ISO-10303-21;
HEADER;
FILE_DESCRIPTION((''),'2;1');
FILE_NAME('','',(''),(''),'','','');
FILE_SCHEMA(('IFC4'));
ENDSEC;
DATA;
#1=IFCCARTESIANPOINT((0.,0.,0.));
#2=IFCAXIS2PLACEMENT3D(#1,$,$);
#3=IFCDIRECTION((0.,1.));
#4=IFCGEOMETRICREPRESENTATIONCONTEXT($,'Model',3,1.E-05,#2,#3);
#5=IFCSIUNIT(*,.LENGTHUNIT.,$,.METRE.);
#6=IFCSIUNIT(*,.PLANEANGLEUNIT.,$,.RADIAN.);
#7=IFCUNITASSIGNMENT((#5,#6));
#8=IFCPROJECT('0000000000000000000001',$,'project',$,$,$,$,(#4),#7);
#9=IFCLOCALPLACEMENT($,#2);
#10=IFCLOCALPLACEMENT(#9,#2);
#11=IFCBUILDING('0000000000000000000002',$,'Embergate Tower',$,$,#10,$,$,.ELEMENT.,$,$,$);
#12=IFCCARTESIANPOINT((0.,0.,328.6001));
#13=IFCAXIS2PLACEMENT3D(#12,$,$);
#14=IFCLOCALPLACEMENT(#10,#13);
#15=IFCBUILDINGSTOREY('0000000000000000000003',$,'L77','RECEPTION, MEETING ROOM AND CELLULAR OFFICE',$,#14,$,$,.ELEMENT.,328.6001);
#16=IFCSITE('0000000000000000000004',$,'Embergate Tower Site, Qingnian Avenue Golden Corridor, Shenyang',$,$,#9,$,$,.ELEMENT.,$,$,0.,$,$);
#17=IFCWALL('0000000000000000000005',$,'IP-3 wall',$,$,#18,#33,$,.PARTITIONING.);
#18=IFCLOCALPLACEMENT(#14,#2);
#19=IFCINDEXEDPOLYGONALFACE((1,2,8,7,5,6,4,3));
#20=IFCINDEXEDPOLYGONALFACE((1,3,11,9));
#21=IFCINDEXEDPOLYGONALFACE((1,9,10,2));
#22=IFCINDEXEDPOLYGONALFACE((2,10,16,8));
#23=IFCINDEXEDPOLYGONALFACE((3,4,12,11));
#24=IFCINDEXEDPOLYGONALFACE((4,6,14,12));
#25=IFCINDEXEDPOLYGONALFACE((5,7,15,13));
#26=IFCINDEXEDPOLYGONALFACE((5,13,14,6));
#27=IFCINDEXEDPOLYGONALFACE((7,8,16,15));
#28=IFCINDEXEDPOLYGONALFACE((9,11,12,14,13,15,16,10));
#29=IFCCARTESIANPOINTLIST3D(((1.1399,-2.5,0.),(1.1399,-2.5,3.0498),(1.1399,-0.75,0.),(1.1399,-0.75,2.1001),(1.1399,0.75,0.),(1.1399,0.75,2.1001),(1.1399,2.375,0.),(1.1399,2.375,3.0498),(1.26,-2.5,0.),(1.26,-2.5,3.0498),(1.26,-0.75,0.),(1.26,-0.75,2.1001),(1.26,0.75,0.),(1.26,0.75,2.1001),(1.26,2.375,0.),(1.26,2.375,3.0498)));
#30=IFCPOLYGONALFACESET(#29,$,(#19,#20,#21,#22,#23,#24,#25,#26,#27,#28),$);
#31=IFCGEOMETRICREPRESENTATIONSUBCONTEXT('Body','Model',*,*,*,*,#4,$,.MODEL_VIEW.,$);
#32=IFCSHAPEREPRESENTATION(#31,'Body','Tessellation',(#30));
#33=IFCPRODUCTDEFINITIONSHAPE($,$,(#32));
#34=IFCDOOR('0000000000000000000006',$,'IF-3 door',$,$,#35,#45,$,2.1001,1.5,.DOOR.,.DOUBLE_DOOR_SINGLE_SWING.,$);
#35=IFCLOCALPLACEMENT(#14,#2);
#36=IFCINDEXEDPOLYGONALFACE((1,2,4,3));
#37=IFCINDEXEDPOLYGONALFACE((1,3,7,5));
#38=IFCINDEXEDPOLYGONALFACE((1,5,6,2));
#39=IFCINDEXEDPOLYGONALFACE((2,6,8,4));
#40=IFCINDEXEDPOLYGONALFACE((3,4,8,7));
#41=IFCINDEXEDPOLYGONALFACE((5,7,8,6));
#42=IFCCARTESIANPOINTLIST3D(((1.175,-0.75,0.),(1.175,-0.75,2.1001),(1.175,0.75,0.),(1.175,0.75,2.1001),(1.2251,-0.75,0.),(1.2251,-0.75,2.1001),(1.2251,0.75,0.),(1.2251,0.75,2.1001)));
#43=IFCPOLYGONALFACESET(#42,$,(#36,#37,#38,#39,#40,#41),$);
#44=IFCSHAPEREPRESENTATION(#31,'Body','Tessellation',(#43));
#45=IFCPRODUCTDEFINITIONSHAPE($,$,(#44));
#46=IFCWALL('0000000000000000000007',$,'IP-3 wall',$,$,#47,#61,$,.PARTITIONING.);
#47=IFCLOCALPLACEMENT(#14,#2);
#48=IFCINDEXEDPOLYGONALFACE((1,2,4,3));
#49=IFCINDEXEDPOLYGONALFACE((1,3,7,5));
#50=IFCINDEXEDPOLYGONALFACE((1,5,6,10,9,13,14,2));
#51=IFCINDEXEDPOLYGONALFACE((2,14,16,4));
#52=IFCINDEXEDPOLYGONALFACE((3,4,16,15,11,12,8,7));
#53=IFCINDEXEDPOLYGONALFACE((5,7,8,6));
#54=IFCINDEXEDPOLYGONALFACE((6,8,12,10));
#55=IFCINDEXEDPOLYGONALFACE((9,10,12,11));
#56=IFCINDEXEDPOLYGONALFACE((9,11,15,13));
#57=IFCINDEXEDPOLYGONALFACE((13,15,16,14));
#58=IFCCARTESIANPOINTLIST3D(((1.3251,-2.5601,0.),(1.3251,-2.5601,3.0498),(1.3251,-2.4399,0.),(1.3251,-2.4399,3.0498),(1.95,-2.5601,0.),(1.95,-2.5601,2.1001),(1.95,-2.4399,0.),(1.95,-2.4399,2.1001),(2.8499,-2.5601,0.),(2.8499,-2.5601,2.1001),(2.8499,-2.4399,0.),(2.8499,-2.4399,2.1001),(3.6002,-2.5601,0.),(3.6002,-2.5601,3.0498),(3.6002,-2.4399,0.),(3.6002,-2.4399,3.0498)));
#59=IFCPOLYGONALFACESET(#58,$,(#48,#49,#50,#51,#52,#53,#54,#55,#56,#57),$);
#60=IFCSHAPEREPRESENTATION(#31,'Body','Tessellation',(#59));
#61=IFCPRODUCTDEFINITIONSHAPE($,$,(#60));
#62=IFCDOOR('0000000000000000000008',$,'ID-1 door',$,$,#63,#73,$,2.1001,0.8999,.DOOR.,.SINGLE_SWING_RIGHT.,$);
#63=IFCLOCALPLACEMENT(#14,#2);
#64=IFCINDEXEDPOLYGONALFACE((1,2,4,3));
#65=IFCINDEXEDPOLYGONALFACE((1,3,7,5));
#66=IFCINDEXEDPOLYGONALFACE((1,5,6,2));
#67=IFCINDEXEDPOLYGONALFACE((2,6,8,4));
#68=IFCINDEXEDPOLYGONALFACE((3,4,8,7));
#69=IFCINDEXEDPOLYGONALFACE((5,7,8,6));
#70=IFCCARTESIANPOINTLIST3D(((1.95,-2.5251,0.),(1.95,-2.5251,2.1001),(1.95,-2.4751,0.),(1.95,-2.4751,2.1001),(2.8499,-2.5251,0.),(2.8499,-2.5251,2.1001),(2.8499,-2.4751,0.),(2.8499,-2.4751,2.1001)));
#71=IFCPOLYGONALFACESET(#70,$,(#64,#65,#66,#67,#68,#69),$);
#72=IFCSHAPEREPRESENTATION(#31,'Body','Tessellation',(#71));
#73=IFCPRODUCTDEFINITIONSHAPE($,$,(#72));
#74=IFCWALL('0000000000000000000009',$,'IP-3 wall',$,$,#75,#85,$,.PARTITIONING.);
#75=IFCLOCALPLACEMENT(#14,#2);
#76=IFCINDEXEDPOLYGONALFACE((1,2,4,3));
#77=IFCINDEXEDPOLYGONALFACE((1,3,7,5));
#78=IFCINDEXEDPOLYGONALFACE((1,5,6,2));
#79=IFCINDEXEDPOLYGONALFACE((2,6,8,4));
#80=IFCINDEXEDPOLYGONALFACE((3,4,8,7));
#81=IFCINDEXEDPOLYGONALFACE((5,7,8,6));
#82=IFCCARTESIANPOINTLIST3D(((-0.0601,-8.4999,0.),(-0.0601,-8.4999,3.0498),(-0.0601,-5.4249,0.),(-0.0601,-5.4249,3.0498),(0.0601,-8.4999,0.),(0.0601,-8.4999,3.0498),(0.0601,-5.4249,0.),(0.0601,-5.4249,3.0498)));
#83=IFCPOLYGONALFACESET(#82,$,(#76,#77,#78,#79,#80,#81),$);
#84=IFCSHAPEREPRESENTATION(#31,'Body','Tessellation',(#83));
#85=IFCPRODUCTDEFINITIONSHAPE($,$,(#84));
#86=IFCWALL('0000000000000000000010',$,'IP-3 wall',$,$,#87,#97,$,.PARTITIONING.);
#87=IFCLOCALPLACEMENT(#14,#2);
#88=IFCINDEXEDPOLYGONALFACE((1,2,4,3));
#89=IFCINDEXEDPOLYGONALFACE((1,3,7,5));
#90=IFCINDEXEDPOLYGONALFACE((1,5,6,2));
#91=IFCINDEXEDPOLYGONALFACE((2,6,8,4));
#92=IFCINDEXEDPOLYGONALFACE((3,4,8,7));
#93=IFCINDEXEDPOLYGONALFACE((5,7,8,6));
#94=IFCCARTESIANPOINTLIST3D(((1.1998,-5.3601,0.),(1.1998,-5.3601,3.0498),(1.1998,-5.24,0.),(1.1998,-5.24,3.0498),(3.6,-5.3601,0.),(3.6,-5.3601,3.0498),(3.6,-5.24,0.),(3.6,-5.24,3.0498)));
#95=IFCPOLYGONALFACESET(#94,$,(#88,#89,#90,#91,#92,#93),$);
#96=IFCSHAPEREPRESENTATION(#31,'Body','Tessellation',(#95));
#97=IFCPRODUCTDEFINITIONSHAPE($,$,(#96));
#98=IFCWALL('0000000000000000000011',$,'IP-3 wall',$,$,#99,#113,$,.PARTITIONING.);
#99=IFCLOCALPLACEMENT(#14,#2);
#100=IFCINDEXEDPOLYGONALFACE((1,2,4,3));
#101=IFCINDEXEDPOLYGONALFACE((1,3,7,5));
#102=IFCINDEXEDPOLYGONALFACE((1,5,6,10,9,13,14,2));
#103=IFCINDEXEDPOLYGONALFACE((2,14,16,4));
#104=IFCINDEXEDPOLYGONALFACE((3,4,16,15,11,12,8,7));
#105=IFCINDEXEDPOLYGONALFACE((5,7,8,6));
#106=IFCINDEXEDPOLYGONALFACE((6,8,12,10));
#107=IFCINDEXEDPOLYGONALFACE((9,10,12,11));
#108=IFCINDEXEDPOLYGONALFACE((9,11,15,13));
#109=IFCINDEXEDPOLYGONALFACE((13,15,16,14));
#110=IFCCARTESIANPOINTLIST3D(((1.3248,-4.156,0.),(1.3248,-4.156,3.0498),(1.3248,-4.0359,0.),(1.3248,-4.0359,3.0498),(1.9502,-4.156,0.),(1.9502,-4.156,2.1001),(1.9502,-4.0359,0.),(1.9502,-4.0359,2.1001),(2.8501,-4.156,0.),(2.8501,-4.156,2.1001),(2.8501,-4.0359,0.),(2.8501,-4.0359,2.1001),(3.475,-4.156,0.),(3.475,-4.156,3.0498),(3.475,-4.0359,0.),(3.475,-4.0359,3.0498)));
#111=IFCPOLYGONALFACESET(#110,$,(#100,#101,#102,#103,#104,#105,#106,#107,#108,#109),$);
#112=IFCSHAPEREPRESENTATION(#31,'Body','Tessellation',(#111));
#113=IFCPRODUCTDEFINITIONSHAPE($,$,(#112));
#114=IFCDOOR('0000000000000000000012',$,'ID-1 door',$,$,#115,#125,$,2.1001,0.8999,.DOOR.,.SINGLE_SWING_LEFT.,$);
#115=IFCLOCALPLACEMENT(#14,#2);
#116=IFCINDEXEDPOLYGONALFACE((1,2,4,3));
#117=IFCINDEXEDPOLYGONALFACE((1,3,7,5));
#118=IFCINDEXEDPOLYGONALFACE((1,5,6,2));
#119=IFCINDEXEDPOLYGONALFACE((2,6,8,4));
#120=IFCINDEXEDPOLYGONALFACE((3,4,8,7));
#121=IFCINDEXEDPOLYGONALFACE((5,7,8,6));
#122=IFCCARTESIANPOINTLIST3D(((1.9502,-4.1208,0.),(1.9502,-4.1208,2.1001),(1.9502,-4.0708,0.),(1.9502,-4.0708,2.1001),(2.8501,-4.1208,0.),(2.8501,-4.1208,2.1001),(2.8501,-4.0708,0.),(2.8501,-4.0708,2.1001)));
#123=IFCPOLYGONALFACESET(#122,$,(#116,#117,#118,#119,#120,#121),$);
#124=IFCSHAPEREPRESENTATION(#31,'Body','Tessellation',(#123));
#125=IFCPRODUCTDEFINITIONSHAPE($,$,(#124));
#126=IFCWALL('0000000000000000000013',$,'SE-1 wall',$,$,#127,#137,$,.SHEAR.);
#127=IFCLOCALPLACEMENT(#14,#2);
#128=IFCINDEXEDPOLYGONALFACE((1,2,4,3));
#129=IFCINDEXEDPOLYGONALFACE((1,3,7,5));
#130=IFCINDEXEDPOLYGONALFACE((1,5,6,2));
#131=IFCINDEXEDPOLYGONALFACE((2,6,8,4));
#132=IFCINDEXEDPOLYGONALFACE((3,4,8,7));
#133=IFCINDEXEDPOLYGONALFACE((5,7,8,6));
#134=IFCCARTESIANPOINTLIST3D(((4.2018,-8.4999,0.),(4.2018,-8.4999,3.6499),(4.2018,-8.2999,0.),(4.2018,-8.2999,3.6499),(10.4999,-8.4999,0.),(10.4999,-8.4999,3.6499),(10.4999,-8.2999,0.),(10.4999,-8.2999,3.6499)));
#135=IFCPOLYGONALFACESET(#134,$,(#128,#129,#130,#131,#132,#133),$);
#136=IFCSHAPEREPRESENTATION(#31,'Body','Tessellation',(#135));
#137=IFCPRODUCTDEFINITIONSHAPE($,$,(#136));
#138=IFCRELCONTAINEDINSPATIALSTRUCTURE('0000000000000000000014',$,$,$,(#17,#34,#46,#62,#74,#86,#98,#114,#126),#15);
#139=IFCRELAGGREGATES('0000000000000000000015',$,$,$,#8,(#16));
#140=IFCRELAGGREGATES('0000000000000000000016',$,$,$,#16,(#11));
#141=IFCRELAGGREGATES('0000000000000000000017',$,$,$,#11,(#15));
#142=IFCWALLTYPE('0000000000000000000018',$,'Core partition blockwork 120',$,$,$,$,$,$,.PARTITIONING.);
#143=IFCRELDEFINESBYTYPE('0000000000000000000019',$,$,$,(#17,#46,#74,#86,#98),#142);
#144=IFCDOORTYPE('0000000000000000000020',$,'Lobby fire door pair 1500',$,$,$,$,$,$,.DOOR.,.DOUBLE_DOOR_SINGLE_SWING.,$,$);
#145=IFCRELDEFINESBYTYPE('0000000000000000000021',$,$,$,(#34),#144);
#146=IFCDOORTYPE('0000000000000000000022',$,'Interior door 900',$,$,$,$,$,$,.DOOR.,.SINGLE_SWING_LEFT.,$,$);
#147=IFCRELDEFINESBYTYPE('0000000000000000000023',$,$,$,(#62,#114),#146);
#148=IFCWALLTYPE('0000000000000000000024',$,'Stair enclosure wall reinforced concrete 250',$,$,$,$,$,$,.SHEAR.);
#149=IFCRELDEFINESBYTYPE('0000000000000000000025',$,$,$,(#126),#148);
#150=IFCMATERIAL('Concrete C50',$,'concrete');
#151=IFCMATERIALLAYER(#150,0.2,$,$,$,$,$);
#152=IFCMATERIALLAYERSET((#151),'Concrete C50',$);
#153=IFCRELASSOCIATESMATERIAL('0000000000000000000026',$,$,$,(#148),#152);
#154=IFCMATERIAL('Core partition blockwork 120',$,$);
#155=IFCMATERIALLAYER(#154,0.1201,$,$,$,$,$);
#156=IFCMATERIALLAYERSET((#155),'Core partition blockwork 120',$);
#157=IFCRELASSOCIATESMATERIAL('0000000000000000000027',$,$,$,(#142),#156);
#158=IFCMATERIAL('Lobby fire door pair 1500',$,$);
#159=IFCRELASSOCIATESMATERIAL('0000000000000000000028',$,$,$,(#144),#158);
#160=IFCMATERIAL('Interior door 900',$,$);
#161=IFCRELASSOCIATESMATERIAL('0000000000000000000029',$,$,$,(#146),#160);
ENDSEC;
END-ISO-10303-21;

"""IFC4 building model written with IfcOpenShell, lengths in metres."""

from ifc_helpers import new_model, si_unit, direction, frame, frame_2d, origin, place, context, subcontext, project, spatial, rectangle, extrude, source, transform, mapped, material, layer, layer_set, type_object, element, fill, save


model = new_model("IFC4")

# Units and contexts
model_context = context("Model", 3, precision=1e-05, world=origin(), true_north=direction((0.0, 1.0)))
body_context = subcontext(model_context, "Body", "Model", "MODEL_VIEW")
ifc_project = project(units=[si_unit("LENGTHUNIT", "METRE"), si_unit("PLANEANGLEUNIT", "RADIAN")], contexts=[model_context])

# Site, building, storey
site_placement = place(None, origin())
site = spatial("IfcSite", under=ifc_project, at=site_placement, Name="Embergate Tower Site, Qingnian Avenue Golden Corridor, Shenyang", CompositionType="ELEMENT", RefElevation=0.0)
building_placement = place(site_placement, origin())
building = spatial("IfcBuilding", under=site, at=building_placement, Name="Embergate Tower", CompositionType="ELEMENT")
storey_placement = place(building_placement, frame((0.0, 0.0, 328.6001)))
storey = spatial("IfcBuildingStorey", under=building, at=storey_placement, Name="L77", Description="RECEPTION, MEETING ROOM AND CELLULAR OFFICE", CompositionType="ELEMENT", Elevation=328.6001)

# Shared definitions
ifc_material_1 = material(Name="Concrete C50", Category="concrete")
ifc_layer_1 = layer(ifc_material_1, 0.2)
ifc_layer_set_1 = layer_set([ifc_layer_1], Name="Concrete C50")
wall_type_1 = type_object("IfcWallType", Name="Stair enclosure wall reinforced concrete 250", PredefinedType="SHEAR", material=ifc_layer_set_1)

# Walls, openings, doors
ifc_material_2 = material(Name="Core partition blockwork 120")
ifc_layer_2 = layer(ifc_material_2, 0.1201)
ifc_layer_set_2 = layer_set([ifc_layer_2], Name="Core partition blockwork 120")
wall_type_2 = type_object("IfcWallType", Name="Core partition blockwork 120", PredefinedType="PARTITIONING", material=ifc_layer_set_2)
shared_shape_1 = source(origin(), body_context, "Body", "SweptSolid", [
    extrude(rectangle(XDim=4.875, YDim=0.1201, at=frame_2d((2.4375, 0.0))), origin(), (0.0, 0.0, 1.0), 3.0498),
])
wall_1_placement = place(storey_placement, frame((1.2, -2.5, 0.0), z_axis=(0.0, 0.0, 1.0), x_axis=(0.0, 1.0, 0.0)))
wall_1 = element("IfcWall", 1, at=wall_1_placement, inside=storey, type_object=wall_type_2, Name="IP-3 wall", PredefinedType="PARTITIONING", context=body_context, shape_type="MappedRepresentation", body=[
    mapped(shared_shape_1, transform((0.0, 0.0, 0.0))),
])
shared_shape_2 = source(origin(), body_context, "Body", "SweptSolid", [
    extrude(rectangle(XDim=1.5, YDim=2.1001, at=frame_2d((0.75, 1.05))), frame((0.0, 0.0701, 0.0), z_axis=(0.0, -1.0, 0.0), x_axis=(1.0, 0.0, 0.0)), (0.0, 0.0, 1.0), 0.1401),
])
opening_1_placement = place(wall_1_placement, frame((1.75, 0.0, 0.0)))
opening_1 = element("IfcOpeningElement", 2, at=opening_1_placement, cuts=wall_1, PredefinedType="OPENING", context=body_context, shape_type="MappedRepresentation", body=[
    mapped(shared_shape_2, transform((0.0, 0.0, 0.0))),
])
ifc_material_3 = material(Name="Lobby fire door pair 1500")
door_type_1 = type_object("IfcDoorType", Name="Lobby fire door pair 1500", OperationType="DOUBLE_DOOR_SINGLE_SWING", PredefinedType="DOOR", material=ifc_material_3)
shared_shape_3 = source(origin(), body_context, "Body", "SweptSolid", [
    extrude(rectangle(XDim=1.5, YDim=2.1001, at=frame_2d((0.75, 1.05))), frame((0.0, 0.0249, 0.0), z_axis=(0.0, -1.0, 0.0), x_axis=(1.0, 0.0, 0.0)), (0.0, 0.0, 1.0), 0.05),
])
door_1_placement = place(opening_1_placement, origin())
door_1 = element("IfcDoor", 3, at=door_1_placement, inside=storey, type_object=door_type_1, Name="IF-3 door", OperationType="DOUBLE_DOOR_SINGLE_SWING", OverallHeight=2.1001, OverallWidth=1.5, PredefinedType="DOOR", context=body_context, shape_type="MappedRepresentation", body=[
    mapped(shared_shape_3, transform((0.0, 0.0, 0.0))),
])
fill(opening_1, door_1)
shared_shape_4 = source(origin(), body_context, "Body", "SweptSolid", [
    extrude(rectangle(XDim=2.2751, YDim=0.1201, at=frame_2d((1.1377, 0.0))), origin(), (0.0, 0.0, 1.0), 3.0498),
])
wall_2_placement = place(storey_placement, frame((1.325, -2.5, 0.0), z_axis=(0.0, 0.0, 1.0), x_axis=(1.0, 0.0, 0.0)))
wall_2 = element("IfcWall", 4, at=wall_2_placement, inside=storey, type_object=wall_type_2, Name="IP-3 wall", PredefinedType="PARTITIONING", context=body_context, shape_type="MappedRepresentation", body=[
    mapped(shared_shape_4, transform((0.0, 0.0, 0.0))),
])
shared_shape_5 = source(origin(), body_context, "Body", "SweptSolid", [
    extrude(rectangle(XDim=0.8999, YDim=2.1001, at=frame_2d((0.45, 1.05))), frame((0.0, 0.0701, 0.0), z_axis=(0.0, -1.0, 0.0), x_axis=(1.0, 0.0, 0.0)), (0.0, 0.0, 1.0), 0.1401),
])
opening_2_placement = place(wall_2_placement, frame((0.625, 0.0, 0.0)))
opening_2 = element("IfcOpeningElement", 5, at=opening_2_placement, cuts=wall_2, PredefinedType="OPENING", context=body_context, shape_type="MappedRepresentation", body=[
    mapped(shared_shape_5, transform((0.0, 0.0, 0.0))),
])
ifc_material_4 = material(Name="Interior door 900")
door_type_2 = type_object("IfcDoorType", Name="Interior door 900", OperationType="SINGLE_SWING_LEFT", PredefinedType="DOOR", material=ifc_material_4)
shared_shape_6 = source(origin(), body_context, "Body", "SweptSolid", [
    extrude(rectangle(XDim=0.8999, YDim=2.1001, at=frame_2d((0.45, 1.05))), frame((0.0, 0.0249, 0.0), z_axis=(0.0, -1.0, 0.0), x_axis=(1.0, 0.0, 0.0)), (0.0, 0.0, 1.0), 0.05),
])
door_2_placement = place(opening_2_placement, origin())
door_2 = element("IfcDoor", 6, at=door_2_placement, inside=storey, type_object=door_type_2, Name="ID-1 door", OperationType="SINGLE_SWING_RIGHT", OverallHeight=2.1001, OverallWidth=0.8999, PredefinedType="DOOR", context=body_context, shape_type="MappedRepresentation", body=[
    mapped(shared_shape_6, transform((0.0, 0.0, 0.0))),
])
fill(opening_2, door_2)

# Walls
shared_shape_7 = source(origin(), body_context, "Body", "SweptSolid", [
    extrude(rectangle(XDim=3.075, YDim=0.1201, at=frame_2d((1.5376, 0.0))), origin(), (0.0, 0.0, 1.0), 3.0498),
])
wall_3_placement = place(storey_placement, frame((0.0, -8.5, 0.0), z_axis=(0.0, 0.0, 1.0), x_axis=(0.0, 1.0, 0.0)))
element("IfcWall", 7, at=wall_3_placement, inside=storey, type_object=wall_type_2, Name="IP-3 wall", PredefinedType="PARTITIONING", context=body_context, shape_type="MappedRepresentation", body=[
    mapped(shared_shape_7, transform((0.0, 0.0, 0.0))),
])
shared_shape_8 = source(origin(), body_context, "Body", "SweptSolid", [
    extrude(rectangle(XDim=2.4001, YDim=0.1201, at=frame_2d((1.2002, 0.0))), origin(), (0.0, 0.0, 1.0), 3.0498),
])
wall_4_placement = place(storey_placement, frame((3.6001, -5.3, 0.0), z_axis=(0.0, 0.0, 1.0), x_axis=(-1.0, 0.0, 0.0)))
element("IfcWall", 8, at=wall_4_placement, inside=storey, type_object=wall_type_2, Name="IP-3 wall", PredefinedType="PARTITIONING", context=body_context, shape_type="MappedRepresentation", body=[
    mapped(shared_shape_8, transform((0.0, 0.0, 0.0))),
])

# Wall, opening, door
shared_shape_9 = source(origin(), body_context, "Body", "SweptSolid", [
    extrude(rectangle(XDim=2.1501, YDim=0.1201, at=frame_2d((1.0752, 0.0))), origin(), (0.0, 0.0, 1.0), 3.0498),
])
wall_5_placement = place(storey_placement, frame((3.4751, -4.0959, 0.0), z_axis=(0.0, 0.0, 1.0), x_axis=(-1.0, 0.0, 0.0)))
wall_5 = element("IfcWall", 9, at=wall_5_placement, inside=storey, type_object=wall_type_2, Name="IP-3 wall", PredefinedType="PARTITIONING", context=body_context, shape_type="MappedRepresentation", body=[
    mapped(shared_shape_9, transform((0.0, 0.0, 0.0))),
])
opening_3_placement = place(wall_5_placement, frame((0.625, 0.0, 0.0)))
opening_3 = element("IfcOpeningElement", 10, at=opening_3_placement, cuts=wall_5, PredefinedType="OPENING", context=body_context, shape_type="MappedRepresentation", body=[
    mapped(shared_shape_5, transform((0.0, 0.0, 0.0))),
])
door_3_placement = place(opening_3_placement, origin())
door_3 = element("IfcDoor", 11, at=door_3_placement, inside=storey, type_object=door_type_2, Name="ID-1 door", OperationType="SINGLE_SWING_LEFT", OverallHeight=2.1001, OverallWidth=0.8999, PredefinedType="DOOR", context=body_context, shape_type="MappedRepresentation", body=[
    mapped(shared_shape_6, transform((0.0, 0.0, 0.0))),
])
fill(opening_3, door_3)

# Wall
shared_shape_10 = source(origin(), body_context, "Body", "SweptSolid", [
    extrude(rectangle(XDim=6.2981, YDim=0.2, at=frame_2d((3.1489, 0.0))), origin(), (0.0, 0.0, 1.0), 3.6499),
])
wall_6_placement = place(storey_placement, frame((4.2019, -8.3999, 0.0), z_axis=(0.0, 0.0, 1.0), x_axis=(1.0, 0.0, 0.0)))
element("IfcWall", 12, at=wall_6_placement, inside=storey, type_object=wall_type_1, Name="SE-1 wall", PredefinedType="SHEAR", context=body_context, shape_type="MappedRepresentation", body=[
    mapped(shared_shape_10, transform((0.0, 0.0, 0.0))),
])

save(model, "model.ifc")
